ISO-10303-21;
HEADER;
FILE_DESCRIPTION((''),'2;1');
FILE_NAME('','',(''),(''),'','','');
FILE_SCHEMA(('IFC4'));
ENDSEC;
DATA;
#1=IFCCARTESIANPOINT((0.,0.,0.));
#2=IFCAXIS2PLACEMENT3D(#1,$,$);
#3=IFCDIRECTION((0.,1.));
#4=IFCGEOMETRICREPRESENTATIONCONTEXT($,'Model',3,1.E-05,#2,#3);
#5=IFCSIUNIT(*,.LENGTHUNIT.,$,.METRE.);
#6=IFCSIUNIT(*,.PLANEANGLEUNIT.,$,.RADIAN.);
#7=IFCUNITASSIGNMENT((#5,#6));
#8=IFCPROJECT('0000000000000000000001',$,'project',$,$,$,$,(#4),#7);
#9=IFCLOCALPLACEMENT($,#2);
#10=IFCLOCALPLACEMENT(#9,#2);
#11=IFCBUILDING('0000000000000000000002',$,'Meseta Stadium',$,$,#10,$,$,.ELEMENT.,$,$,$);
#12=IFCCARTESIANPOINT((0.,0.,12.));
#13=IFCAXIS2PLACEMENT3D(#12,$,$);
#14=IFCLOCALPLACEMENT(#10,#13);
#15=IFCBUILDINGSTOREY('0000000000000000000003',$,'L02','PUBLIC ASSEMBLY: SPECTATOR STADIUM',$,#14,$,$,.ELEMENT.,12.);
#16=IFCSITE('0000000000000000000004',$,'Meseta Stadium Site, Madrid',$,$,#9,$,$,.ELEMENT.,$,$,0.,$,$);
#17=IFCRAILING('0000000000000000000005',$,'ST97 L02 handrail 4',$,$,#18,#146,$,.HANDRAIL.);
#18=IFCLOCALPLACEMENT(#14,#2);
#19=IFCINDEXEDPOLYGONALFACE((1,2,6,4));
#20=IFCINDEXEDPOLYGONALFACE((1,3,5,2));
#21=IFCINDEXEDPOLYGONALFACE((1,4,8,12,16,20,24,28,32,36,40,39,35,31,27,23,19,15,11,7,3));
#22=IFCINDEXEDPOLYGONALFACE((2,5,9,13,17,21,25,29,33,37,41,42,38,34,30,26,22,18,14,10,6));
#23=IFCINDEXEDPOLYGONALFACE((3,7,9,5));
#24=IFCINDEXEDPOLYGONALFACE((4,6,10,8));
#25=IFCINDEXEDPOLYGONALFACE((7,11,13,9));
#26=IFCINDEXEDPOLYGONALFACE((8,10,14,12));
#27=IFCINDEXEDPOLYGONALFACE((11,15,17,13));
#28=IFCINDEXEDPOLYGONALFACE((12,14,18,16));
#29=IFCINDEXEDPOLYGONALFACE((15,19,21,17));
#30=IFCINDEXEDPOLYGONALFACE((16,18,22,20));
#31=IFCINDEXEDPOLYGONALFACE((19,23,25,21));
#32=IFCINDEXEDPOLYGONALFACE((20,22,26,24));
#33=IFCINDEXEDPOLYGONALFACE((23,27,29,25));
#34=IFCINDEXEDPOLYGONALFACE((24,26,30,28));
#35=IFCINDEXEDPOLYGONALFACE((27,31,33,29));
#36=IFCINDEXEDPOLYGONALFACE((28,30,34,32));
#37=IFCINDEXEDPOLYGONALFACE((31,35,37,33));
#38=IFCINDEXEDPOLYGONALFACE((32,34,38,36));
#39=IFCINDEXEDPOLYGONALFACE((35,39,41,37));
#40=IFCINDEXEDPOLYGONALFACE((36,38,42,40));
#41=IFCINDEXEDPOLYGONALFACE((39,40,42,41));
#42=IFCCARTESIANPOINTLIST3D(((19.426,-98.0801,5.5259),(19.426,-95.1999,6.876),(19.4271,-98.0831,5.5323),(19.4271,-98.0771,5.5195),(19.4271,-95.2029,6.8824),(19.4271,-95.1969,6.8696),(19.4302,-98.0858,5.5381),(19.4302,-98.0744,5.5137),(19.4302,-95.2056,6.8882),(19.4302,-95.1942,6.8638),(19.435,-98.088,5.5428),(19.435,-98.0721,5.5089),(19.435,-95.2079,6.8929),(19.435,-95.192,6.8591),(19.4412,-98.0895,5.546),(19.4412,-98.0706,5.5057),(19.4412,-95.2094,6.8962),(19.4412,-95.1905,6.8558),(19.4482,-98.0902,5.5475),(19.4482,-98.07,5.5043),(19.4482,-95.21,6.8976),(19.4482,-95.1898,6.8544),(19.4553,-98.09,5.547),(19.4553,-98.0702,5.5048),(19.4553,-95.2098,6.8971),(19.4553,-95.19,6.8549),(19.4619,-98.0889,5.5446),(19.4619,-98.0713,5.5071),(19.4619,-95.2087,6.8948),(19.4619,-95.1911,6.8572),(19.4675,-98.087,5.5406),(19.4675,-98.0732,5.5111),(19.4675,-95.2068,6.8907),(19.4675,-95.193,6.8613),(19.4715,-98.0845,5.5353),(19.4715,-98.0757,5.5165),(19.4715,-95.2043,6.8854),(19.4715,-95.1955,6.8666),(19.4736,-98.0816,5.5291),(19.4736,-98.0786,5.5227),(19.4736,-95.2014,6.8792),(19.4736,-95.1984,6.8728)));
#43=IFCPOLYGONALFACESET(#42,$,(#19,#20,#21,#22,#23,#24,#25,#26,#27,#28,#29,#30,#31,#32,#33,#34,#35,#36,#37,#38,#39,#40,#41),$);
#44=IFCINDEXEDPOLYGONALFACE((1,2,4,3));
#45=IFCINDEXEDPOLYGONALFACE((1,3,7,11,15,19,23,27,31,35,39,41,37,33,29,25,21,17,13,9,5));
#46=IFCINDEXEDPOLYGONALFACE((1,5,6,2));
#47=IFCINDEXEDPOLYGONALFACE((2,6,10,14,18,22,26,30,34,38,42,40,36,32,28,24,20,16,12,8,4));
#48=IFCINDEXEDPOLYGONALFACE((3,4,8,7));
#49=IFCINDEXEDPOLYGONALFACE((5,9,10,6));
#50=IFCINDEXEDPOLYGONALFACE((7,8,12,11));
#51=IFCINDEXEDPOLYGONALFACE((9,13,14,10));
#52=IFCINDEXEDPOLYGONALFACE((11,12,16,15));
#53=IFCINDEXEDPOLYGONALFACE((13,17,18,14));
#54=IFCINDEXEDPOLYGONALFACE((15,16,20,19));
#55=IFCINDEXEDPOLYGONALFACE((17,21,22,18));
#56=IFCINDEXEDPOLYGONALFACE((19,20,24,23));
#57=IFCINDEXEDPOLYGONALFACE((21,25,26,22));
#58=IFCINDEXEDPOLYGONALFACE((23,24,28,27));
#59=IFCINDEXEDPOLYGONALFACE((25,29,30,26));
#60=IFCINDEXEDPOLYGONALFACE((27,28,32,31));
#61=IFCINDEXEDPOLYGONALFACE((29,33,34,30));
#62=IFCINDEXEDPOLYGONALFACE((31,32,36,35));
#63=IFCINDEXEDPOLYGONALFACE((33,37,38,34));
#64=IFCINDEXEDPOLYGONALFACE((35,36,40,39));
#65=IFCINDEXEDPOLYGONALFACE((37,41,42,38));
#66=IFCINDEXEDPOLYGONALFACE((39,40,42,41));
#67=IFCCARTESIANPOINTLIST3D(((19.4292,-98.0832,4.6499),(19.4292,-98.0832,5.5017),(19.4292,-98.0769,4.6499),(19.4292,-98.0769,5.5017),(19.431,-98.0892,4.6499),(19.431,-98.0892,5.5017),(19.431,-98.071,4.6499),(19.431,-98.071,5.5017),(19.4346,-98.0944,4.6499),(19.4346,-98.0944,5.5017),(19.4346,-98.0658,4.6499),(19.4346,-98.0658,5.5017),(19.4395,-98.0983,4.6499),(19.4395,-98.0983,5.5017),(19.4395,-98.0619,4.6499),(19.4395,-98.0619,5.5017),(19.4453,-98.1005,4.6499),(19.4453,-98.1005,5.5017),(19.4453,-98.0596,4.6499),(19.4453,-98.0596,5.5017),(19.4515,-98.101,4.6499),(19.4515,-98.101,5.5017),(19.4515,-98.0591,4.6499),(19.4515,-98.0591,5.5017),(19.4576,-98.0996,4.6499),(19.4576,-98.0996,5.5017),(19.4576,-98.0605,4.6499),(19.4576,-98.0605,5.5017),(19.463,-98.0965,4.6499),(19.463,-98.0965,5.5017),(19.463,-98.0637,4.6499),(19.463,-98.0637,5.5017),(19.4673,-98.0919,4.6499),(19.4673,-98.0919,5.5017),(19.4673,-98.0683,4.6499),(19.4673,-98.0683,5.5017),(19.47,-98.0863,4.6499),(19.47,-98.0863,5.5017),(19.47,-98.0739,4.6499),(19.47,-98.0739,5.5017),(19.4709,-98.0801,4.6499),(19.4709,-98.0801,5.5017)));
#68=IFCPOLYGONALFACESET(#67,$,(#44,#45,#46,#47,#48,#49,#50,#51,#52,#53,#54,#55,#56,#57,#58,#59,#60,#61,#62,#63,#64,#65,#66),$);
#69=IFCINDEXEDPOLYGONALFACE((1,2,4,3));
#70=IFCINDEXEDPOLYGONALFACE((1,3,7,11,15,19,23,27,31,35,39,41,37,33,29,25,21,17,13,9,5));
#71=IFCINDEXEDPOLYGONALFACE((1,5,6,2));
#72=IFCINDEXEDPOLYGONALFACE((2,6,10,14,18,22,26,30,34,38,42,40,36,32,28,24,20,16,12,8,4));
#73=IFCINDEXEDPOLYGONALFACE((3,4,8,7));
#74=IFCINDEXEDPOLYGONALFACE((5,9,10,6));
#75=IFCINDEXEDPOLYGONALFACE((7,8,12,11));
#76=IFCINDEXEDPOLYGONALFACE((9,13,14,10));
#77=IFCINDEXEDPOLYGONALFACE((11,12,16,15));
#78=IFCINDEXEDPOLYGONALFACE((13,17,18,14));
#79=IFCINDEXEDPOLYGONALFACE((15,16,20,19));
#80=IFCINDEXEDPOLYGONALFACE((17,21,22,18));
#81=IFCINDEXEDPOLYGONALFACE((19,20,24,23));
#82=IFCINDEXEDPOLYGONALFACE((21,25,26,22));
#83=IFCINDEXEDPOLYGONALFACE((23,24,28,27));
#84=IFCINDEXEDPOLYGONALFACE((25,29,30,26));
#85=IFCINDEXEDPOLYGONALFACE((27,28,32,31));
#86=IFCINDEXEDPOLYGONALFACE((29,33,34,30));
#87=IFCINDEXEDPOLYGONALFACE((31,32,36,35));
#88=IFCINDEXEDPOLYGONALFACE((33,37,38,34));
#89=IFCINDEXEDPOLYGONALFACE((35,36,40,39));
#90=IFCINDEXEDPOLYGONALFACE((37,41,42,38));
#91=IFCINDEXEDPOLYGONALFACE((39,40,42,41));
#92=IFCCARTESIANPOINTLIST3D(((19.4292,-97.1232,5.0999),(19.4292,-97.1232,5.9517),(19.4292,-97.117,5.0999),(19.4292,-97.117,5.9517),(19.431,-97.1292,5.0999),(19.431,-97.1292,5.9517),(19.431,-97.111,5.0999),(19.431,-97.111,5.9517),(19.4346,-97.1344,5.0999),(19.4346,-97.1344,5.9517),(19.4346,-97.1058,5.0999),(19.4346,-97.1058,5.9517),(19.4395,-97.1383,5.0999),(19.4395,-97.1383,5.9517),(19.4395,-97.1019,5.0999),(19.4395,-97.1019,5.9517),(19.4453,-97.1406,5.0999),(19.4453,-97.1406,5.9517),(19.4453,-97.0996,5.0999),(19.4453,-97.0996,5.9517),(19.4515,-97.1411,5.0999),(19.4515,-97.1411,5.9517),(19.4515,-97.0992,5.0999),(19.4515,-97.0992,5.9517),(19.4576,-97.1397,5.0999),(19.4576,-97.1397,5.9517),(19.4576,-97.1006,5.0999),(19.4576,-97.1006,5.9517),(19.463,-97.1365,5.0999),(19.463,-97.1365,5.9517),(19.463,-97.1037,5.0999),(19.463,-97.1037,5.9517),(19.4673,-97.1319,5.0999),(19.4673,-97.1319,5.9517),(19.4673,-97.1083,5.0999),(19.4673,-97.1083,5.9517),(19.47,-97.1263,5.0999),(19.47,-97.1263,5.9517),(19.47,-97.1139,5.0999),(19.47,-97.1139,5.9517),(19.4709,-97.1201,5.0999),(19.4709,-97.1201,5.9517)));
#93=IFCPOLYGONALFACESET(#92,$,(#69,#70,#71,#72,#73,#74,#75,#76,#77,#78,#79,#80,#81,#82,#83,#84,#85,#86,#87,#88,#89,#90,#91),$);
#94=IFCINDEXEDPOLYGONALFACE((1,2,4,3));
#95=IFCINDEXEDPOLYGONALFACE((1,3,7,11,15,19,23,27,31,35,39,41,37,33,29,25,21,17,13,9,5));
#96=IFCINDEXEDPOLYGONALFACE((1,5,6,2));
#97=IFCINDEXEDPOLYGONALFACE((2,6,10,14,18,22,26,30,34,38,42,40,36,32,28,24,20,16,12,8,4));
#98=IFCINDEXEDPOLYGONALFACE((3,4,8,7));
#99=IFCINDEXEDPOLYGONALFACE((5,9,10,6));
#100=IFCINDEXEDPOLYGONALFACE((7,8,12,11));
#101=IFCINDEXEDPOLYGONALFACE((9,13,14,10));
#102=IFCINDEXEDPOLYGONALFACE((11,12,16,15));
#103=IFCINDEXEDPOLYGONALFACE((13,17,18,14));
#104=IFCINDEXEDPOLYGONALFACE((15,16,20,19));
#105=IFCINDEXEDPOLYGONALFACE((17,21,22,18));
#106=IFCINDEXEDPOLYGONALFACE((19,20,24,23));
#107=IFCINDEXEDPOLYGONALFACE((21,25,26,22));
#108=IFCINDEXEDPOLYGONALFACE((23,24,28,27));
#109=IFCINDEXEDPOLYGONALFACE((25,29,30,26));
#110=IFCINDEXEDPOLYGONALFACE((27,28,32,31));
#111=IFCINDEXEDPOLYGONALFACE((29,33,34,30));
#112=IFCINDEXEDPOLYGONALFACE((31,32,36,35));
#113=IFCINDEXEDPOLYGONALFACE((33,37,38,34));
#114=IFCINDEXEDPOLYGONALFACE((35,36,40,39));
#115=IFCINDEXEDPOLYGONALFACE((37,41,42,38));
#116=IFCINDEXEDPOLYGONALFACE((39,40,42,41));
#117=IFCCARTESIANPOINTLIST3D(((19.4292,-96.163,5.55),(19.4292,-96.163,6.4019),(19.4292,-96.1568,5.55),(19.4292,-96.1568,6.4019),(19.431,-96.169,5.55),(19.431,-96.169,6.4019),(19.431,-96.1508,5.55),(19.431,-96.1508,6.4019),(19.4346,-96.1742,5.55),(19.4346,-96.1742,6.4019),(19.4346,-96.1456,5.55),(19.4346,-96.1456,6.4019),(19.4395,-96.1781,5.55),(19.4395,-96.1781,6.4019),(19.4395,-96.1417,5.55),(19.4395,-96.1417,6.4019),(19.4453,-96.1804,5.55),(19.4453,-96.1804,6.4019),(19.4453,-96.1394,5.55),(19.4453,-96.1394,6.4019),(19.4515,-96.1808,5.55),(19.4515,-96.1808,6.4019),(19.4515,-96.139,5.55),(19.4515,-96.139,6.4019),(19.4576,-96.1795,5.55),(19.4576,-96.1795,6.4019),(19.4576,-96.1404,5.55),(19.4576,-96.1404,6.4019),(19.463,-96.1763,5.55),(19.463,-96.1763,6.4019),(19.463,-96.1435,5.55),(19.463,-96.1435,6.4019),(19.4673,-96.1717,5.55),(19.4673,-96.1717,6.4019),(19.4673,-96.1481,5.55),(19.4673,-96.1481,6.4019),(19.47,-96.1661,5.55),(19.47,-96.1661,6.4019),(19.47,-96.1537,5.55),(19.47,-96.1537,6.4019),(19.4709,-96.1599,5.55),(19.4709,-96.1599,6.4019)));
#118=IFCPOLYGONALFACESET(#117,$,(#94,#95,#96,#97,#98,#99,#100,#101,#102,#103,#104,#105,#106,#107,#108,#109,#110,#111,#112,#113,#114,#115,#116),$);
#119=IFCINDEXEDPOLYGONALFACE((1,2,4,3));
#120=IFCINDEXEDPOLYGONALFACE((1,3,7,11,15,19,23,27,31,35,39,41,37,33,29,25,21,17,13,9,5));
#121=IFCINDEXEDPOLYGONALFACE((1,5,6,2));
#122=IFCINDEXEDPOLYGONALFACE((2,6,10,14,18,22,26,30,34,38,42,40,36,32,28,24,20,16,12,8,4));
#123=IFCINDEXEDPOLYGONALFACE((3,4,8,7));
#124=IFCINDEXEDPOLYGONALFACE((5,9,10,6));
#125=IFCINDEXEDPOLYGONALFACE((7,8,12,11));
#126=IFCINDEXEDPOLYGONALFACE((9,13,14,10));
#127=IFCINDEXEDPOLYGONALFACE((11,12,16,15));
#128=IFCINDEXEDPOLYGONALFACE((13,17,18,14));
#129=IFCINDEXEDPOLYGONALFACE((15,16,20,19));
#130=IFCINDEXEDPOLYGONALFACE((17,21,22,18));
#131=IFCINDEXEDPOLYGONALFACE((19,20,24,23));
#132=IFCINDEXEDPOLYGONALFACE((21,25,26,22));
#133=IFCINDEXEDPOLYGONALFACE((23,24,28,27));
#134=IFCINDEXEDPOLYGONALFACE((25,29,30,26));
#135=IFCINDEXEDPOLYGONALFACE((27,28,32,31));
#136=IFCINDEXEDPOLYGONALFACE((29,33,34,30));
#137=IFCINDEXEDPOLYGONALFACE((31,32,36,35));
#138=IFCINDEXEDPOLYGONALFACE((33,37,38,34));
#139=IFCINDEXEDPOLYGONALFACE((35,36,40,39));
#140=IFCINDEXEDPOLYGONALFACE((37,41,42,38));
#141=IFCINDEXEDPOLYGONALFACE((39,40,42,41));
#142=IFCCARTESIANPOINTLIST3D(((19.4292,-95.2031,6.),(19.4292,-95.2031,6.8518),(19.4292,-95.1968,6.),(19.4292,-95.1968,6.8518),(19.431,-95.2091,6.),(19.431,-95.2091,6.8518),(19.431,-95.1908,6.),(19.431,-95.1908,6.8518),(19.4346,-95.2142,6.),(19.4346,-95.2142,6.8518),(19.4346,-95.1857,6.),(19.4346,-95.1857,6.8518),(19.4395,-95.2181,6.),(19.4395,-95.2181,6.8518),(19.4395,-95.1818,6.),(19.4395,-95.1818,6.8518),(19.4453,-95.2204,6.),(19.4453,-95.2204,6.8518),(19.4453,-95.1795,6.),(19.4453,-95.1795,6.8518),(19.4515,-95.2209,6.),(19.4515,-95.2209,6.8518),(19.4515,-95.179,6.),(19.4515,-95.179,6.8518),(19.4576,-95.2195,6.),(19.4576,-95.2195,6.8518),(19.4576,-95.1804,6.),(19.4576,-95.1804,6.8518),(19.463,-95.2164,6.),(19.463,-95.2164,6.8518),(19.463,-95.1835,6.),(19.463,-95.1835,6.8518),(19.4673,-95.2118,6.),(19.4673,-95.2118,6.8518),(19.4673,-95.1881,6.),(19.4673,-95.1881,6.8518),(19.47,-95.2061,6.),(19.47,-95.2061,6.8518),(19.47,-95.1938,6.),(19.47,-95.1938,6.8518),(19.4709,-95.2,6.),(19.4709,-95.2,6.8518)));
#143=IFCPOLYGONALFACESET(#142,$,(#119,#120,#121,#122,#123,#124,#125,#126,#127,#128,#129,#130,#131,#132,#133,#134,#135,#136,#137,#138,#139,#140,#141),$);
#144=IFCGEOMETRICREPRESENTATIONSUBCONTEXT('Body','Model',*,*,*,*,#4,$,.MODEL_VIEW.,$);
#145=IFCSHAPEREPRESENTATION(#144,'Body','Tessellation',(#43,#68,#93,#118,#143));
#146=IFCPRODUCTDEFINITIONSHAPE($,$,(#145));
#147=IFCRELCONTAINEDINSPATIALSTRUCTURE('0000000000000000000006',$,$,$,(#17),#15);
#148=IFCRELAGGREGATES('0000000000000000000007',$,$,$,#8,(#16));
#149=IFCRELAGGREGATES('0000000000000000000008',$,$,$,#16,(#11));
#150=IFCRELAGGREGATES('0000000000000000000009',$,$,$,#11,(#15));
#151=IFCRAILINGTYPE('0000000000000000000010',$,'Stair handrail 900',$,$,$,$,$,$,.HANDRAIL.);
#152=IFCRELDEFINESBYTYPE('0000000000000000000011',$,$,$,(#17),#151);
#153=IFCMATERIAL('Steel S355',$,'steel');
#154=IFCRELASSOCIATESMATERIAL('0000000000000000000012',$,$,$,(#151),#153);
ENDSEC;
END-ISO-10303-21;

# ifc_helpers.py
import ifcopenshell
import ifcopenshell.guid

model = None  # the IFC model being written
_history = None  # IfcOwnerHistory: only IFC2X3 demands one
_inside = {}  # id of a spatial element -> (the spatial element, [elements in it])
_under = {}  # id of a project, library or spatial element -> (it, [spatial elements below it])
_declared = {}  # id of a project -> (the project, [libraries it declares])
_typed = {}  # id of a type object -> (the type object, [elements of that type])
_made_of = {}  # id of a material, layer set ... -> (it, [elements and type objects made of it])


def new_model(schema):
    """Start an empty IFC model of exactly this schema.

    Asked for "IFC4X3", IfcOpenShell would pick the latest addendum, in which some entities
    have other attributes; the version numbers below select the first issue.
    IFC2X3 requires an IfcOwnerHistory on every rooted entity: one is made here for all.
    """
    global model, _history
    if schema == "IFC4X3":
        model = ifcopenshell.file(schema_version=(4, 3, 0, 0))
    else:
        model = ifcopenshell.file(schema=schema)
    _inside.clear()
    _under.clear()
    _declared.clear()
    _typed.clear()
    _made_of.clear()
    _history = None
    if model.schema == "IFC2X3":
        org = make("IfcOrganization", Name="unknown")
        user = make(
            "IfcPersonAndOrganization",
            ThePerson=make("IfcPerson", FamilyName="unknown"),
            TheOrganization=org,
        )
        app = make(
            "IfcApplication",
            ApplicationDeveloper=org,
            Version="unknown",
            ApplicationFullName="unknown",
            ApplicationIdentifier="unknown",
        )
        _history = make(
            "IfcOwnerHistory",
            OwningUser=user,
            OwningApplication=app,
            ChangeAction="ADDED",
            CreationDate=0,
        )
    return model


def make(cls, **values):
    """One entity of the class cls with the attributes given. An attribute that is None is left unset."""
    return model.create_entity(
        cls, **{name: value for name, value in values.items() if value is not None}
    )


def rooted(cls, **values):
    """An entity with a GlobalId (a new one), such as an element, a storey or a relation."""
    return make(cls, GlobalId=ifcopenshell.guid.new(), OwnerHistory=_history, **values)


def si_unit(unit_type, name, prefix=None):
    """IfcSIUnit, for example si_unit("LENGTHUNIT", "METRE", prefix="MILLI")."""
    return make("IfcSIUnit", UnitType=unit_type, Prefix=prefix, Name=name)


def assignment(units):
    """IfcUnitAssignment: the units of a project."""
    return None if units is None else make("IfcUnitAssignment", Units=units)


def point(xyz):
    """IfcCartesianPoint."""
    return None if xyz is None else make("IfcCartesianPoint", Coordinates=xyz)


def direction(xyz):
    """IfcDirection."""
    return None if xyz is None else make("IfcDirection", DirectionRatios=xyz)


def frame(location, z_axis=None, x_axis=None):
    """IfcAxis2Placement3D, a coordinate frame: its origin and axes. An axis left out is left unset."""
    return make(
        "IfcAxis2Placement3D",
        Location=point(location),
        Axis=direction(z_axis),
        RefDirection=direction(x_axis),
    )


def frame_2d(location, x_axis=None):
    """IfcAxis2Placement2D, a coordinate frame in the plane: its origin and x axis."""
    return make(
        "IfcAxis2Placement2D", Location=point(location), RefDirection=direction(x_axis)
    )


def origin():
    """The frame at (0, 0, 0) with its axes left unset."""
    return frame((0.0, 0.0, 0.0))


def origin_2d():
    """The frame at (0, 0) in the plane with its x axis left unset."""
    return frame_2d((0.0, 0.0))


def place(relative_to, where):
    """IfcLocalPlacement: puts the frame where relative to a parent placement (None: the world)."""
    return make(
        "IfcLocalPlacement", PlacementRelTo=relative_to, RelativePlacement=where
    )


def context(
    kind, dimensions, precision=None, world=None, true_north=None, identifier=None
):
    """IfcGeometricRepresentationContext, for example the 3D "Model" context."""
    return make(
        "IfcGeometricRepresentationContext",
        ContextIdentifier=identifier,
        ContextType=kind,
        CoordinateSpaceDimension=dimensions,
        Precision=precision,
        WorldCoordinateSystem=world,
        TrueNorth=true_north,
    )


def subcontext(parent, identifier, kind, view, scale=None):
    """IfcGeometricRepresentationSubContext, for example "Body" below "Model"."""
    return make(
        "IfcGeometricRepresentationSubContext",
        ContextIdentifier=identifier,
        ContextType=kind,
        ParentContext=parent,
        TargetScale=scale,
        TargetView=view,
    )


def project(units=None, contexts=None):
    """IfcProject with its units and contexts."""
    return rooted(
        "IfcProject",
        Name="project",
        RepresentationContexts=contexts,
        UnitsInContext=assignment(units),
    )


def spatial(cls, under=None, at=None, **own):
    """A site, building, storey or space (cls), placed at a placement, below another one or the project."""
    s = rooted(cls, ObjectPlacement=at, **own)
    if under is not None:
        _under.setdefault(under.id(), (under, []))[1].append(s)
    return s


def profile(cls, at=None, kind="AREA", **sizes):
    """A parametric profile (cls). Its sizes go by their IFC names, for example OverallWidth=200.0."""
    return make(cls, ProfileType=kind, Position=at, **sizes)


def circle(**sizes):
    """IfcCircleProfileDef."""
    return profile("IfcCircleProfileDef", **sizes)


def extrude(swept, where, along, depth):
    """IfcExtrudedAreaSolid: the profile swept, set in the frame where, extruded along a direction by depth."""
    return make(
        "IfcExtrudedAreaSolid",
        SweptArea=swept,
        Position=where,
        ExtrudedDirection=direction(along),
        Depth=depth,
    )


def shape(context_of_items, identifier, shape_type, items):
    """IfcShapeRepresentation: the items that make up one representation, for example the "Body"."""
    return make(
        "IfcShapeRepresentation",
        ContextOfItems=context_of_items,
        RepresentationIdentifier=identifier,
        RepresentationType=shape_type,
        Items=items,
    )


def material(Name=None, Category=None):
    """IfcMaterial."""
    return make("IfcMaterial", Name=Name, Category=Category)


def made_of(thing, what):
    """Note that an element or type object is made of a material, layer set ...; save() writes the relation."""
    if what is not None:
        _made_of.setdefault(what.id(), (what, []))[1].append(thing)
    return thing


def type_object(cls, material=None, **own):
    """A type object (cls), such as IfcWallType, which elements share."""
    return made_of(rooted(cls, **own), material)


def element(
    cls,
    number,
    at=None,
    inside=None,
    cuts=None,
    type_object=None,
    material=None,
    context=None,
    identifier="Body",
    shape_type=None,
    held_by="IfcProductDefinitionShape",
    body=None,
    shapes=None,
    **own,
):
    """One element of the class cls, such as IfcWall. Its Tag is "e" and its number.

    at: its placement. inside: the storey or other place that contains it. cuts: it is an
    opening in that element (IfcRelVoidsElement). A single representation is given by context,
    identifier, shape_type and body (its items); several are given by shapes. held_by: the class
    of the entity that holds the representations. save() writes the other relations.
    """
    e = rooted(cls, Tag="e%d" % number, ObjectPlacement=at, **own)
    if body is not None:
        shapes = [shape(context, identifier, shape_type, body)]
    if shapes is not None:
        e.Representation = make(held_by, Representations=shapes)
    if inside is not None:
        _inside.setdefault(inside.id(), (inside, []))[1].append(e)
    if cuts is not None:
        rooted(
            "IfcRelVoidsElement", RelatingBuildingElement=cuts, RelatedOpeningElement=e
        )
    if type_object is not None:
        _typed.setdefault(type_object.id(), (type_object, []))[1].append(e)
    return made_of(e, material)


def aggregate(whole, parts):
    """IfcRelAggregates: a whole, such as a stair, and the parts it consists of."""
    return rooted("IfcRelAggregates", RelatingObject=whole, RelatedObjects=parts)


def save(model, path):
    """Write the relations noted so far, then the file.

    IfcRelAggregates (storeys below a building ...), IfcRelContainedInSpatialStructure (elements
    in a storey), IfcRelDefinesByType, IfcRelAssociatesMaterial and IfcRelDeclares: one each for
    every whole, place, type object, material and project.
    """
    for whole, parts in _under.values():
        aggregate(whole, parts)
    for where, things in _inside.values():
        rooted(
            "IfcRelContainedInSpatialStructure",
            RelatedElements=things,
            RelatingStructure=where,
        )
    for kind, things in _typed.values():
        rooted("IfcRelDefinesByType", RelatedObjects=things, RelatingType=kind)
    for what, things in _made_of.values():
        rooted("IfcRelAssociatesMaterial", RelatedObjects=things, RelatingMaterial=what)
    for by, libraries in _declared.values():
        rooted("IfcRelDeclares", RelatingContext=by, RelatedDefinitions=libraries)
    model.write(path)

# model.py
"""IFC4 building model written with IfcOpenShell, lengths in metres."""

from ifc_helpers import new_model, si_unit, direction, frame, origin, origin_2d, place, context, subcontext, project, spatial, circle, extrude, material, type_object, element, save


model = new_model("IFC4")

# Units and contexts
model_context = context("Model", 3, precision=1e-05, world=origin(), true_north=direction((0.0, 1.0)))
body_context = subcontext(model_context, "Body", "Model", "MODEL_VIEW")
ifc_project = project(units=[si_unit("LENGTHUNIT", "METRE"), si_unit("PLANEANGLEUNIT", "RADIAN")], contexts=[model_context])

# Site, building, storey
site_placement = place(None, origin())
site = spatial("IfcSite", under=ifc_project, at=site_placement, Name="Meseta Stadium Site, Madrid", CompositionType="ELEMENT", RefElevation=0.0)
building_placement = place(site_placement, origin())
building = spatial("IfcBuilding", under=site, at=building_placement, Name="Meseta Stadium", CompositionType="ELEMENT")
storey_placement = place(building_placement, frame((0.0, 0.0, 12.0)))
storey = spatial("IfcBuildingStorey", under=building, at=storey_placement, Name="L02", Description="PUBLIC ASSEMBLY: SPECTATOR STADIUM", CompositionType="ELEMENT", Elevation=12.0)

# Railing
ifc_material_1 = material(Name="Steel S355", Category="steel")
railing_type_1 = type_object("IfcRailingType", Name="Stair handrail 900", PredefinedType="HANDRAIL", material=ifc_material_1)
railing_1_placement = place(storey_placement, frame((19.45, -98.0801, 4.6499)))
element("IfcRailing", 1, at=railing_1_placement, inside=storey, type_object=railing_type_1, Name="ST97 L02 handrail 4", PredefinedType="HANDRAIL", context=body_context, shape_type="SweptSolid", body=[
    extrude(circle(Radius=0.0239, at=origin_2d()), frame((0.0, 0.0, 0.876), z_axis=(0.0, 0.905454, 0.424444), x_axis=(-1.0, 0.0, 0.0)), (0.0, 0.0, 1.0), 3.1809),
    extrude(circle(Radius=0.021, at=origin_2d()), origin(), (0.0, 0.0, 1.0), 0.8518),
    extrude(circle(Radius=0.021, at=origin_2d()), frame((0.0, 0.96, 0.45)), (0.0, 0.0, 1.0), 0.8518),
    extrude(circle(Radius=0.021, at=origin_2d()), frame((0.0, 1.9202, 0.9001)), (0.0, 0.0, 1.0), 0.8518),
    extrude(circle(Radius=0.021, at=origin_2d()), frame((0.0, 2.8801, 1.3501)), (0.0, 0.0, 1.0), 0.8518),
])

save(model, "model.ifc")
